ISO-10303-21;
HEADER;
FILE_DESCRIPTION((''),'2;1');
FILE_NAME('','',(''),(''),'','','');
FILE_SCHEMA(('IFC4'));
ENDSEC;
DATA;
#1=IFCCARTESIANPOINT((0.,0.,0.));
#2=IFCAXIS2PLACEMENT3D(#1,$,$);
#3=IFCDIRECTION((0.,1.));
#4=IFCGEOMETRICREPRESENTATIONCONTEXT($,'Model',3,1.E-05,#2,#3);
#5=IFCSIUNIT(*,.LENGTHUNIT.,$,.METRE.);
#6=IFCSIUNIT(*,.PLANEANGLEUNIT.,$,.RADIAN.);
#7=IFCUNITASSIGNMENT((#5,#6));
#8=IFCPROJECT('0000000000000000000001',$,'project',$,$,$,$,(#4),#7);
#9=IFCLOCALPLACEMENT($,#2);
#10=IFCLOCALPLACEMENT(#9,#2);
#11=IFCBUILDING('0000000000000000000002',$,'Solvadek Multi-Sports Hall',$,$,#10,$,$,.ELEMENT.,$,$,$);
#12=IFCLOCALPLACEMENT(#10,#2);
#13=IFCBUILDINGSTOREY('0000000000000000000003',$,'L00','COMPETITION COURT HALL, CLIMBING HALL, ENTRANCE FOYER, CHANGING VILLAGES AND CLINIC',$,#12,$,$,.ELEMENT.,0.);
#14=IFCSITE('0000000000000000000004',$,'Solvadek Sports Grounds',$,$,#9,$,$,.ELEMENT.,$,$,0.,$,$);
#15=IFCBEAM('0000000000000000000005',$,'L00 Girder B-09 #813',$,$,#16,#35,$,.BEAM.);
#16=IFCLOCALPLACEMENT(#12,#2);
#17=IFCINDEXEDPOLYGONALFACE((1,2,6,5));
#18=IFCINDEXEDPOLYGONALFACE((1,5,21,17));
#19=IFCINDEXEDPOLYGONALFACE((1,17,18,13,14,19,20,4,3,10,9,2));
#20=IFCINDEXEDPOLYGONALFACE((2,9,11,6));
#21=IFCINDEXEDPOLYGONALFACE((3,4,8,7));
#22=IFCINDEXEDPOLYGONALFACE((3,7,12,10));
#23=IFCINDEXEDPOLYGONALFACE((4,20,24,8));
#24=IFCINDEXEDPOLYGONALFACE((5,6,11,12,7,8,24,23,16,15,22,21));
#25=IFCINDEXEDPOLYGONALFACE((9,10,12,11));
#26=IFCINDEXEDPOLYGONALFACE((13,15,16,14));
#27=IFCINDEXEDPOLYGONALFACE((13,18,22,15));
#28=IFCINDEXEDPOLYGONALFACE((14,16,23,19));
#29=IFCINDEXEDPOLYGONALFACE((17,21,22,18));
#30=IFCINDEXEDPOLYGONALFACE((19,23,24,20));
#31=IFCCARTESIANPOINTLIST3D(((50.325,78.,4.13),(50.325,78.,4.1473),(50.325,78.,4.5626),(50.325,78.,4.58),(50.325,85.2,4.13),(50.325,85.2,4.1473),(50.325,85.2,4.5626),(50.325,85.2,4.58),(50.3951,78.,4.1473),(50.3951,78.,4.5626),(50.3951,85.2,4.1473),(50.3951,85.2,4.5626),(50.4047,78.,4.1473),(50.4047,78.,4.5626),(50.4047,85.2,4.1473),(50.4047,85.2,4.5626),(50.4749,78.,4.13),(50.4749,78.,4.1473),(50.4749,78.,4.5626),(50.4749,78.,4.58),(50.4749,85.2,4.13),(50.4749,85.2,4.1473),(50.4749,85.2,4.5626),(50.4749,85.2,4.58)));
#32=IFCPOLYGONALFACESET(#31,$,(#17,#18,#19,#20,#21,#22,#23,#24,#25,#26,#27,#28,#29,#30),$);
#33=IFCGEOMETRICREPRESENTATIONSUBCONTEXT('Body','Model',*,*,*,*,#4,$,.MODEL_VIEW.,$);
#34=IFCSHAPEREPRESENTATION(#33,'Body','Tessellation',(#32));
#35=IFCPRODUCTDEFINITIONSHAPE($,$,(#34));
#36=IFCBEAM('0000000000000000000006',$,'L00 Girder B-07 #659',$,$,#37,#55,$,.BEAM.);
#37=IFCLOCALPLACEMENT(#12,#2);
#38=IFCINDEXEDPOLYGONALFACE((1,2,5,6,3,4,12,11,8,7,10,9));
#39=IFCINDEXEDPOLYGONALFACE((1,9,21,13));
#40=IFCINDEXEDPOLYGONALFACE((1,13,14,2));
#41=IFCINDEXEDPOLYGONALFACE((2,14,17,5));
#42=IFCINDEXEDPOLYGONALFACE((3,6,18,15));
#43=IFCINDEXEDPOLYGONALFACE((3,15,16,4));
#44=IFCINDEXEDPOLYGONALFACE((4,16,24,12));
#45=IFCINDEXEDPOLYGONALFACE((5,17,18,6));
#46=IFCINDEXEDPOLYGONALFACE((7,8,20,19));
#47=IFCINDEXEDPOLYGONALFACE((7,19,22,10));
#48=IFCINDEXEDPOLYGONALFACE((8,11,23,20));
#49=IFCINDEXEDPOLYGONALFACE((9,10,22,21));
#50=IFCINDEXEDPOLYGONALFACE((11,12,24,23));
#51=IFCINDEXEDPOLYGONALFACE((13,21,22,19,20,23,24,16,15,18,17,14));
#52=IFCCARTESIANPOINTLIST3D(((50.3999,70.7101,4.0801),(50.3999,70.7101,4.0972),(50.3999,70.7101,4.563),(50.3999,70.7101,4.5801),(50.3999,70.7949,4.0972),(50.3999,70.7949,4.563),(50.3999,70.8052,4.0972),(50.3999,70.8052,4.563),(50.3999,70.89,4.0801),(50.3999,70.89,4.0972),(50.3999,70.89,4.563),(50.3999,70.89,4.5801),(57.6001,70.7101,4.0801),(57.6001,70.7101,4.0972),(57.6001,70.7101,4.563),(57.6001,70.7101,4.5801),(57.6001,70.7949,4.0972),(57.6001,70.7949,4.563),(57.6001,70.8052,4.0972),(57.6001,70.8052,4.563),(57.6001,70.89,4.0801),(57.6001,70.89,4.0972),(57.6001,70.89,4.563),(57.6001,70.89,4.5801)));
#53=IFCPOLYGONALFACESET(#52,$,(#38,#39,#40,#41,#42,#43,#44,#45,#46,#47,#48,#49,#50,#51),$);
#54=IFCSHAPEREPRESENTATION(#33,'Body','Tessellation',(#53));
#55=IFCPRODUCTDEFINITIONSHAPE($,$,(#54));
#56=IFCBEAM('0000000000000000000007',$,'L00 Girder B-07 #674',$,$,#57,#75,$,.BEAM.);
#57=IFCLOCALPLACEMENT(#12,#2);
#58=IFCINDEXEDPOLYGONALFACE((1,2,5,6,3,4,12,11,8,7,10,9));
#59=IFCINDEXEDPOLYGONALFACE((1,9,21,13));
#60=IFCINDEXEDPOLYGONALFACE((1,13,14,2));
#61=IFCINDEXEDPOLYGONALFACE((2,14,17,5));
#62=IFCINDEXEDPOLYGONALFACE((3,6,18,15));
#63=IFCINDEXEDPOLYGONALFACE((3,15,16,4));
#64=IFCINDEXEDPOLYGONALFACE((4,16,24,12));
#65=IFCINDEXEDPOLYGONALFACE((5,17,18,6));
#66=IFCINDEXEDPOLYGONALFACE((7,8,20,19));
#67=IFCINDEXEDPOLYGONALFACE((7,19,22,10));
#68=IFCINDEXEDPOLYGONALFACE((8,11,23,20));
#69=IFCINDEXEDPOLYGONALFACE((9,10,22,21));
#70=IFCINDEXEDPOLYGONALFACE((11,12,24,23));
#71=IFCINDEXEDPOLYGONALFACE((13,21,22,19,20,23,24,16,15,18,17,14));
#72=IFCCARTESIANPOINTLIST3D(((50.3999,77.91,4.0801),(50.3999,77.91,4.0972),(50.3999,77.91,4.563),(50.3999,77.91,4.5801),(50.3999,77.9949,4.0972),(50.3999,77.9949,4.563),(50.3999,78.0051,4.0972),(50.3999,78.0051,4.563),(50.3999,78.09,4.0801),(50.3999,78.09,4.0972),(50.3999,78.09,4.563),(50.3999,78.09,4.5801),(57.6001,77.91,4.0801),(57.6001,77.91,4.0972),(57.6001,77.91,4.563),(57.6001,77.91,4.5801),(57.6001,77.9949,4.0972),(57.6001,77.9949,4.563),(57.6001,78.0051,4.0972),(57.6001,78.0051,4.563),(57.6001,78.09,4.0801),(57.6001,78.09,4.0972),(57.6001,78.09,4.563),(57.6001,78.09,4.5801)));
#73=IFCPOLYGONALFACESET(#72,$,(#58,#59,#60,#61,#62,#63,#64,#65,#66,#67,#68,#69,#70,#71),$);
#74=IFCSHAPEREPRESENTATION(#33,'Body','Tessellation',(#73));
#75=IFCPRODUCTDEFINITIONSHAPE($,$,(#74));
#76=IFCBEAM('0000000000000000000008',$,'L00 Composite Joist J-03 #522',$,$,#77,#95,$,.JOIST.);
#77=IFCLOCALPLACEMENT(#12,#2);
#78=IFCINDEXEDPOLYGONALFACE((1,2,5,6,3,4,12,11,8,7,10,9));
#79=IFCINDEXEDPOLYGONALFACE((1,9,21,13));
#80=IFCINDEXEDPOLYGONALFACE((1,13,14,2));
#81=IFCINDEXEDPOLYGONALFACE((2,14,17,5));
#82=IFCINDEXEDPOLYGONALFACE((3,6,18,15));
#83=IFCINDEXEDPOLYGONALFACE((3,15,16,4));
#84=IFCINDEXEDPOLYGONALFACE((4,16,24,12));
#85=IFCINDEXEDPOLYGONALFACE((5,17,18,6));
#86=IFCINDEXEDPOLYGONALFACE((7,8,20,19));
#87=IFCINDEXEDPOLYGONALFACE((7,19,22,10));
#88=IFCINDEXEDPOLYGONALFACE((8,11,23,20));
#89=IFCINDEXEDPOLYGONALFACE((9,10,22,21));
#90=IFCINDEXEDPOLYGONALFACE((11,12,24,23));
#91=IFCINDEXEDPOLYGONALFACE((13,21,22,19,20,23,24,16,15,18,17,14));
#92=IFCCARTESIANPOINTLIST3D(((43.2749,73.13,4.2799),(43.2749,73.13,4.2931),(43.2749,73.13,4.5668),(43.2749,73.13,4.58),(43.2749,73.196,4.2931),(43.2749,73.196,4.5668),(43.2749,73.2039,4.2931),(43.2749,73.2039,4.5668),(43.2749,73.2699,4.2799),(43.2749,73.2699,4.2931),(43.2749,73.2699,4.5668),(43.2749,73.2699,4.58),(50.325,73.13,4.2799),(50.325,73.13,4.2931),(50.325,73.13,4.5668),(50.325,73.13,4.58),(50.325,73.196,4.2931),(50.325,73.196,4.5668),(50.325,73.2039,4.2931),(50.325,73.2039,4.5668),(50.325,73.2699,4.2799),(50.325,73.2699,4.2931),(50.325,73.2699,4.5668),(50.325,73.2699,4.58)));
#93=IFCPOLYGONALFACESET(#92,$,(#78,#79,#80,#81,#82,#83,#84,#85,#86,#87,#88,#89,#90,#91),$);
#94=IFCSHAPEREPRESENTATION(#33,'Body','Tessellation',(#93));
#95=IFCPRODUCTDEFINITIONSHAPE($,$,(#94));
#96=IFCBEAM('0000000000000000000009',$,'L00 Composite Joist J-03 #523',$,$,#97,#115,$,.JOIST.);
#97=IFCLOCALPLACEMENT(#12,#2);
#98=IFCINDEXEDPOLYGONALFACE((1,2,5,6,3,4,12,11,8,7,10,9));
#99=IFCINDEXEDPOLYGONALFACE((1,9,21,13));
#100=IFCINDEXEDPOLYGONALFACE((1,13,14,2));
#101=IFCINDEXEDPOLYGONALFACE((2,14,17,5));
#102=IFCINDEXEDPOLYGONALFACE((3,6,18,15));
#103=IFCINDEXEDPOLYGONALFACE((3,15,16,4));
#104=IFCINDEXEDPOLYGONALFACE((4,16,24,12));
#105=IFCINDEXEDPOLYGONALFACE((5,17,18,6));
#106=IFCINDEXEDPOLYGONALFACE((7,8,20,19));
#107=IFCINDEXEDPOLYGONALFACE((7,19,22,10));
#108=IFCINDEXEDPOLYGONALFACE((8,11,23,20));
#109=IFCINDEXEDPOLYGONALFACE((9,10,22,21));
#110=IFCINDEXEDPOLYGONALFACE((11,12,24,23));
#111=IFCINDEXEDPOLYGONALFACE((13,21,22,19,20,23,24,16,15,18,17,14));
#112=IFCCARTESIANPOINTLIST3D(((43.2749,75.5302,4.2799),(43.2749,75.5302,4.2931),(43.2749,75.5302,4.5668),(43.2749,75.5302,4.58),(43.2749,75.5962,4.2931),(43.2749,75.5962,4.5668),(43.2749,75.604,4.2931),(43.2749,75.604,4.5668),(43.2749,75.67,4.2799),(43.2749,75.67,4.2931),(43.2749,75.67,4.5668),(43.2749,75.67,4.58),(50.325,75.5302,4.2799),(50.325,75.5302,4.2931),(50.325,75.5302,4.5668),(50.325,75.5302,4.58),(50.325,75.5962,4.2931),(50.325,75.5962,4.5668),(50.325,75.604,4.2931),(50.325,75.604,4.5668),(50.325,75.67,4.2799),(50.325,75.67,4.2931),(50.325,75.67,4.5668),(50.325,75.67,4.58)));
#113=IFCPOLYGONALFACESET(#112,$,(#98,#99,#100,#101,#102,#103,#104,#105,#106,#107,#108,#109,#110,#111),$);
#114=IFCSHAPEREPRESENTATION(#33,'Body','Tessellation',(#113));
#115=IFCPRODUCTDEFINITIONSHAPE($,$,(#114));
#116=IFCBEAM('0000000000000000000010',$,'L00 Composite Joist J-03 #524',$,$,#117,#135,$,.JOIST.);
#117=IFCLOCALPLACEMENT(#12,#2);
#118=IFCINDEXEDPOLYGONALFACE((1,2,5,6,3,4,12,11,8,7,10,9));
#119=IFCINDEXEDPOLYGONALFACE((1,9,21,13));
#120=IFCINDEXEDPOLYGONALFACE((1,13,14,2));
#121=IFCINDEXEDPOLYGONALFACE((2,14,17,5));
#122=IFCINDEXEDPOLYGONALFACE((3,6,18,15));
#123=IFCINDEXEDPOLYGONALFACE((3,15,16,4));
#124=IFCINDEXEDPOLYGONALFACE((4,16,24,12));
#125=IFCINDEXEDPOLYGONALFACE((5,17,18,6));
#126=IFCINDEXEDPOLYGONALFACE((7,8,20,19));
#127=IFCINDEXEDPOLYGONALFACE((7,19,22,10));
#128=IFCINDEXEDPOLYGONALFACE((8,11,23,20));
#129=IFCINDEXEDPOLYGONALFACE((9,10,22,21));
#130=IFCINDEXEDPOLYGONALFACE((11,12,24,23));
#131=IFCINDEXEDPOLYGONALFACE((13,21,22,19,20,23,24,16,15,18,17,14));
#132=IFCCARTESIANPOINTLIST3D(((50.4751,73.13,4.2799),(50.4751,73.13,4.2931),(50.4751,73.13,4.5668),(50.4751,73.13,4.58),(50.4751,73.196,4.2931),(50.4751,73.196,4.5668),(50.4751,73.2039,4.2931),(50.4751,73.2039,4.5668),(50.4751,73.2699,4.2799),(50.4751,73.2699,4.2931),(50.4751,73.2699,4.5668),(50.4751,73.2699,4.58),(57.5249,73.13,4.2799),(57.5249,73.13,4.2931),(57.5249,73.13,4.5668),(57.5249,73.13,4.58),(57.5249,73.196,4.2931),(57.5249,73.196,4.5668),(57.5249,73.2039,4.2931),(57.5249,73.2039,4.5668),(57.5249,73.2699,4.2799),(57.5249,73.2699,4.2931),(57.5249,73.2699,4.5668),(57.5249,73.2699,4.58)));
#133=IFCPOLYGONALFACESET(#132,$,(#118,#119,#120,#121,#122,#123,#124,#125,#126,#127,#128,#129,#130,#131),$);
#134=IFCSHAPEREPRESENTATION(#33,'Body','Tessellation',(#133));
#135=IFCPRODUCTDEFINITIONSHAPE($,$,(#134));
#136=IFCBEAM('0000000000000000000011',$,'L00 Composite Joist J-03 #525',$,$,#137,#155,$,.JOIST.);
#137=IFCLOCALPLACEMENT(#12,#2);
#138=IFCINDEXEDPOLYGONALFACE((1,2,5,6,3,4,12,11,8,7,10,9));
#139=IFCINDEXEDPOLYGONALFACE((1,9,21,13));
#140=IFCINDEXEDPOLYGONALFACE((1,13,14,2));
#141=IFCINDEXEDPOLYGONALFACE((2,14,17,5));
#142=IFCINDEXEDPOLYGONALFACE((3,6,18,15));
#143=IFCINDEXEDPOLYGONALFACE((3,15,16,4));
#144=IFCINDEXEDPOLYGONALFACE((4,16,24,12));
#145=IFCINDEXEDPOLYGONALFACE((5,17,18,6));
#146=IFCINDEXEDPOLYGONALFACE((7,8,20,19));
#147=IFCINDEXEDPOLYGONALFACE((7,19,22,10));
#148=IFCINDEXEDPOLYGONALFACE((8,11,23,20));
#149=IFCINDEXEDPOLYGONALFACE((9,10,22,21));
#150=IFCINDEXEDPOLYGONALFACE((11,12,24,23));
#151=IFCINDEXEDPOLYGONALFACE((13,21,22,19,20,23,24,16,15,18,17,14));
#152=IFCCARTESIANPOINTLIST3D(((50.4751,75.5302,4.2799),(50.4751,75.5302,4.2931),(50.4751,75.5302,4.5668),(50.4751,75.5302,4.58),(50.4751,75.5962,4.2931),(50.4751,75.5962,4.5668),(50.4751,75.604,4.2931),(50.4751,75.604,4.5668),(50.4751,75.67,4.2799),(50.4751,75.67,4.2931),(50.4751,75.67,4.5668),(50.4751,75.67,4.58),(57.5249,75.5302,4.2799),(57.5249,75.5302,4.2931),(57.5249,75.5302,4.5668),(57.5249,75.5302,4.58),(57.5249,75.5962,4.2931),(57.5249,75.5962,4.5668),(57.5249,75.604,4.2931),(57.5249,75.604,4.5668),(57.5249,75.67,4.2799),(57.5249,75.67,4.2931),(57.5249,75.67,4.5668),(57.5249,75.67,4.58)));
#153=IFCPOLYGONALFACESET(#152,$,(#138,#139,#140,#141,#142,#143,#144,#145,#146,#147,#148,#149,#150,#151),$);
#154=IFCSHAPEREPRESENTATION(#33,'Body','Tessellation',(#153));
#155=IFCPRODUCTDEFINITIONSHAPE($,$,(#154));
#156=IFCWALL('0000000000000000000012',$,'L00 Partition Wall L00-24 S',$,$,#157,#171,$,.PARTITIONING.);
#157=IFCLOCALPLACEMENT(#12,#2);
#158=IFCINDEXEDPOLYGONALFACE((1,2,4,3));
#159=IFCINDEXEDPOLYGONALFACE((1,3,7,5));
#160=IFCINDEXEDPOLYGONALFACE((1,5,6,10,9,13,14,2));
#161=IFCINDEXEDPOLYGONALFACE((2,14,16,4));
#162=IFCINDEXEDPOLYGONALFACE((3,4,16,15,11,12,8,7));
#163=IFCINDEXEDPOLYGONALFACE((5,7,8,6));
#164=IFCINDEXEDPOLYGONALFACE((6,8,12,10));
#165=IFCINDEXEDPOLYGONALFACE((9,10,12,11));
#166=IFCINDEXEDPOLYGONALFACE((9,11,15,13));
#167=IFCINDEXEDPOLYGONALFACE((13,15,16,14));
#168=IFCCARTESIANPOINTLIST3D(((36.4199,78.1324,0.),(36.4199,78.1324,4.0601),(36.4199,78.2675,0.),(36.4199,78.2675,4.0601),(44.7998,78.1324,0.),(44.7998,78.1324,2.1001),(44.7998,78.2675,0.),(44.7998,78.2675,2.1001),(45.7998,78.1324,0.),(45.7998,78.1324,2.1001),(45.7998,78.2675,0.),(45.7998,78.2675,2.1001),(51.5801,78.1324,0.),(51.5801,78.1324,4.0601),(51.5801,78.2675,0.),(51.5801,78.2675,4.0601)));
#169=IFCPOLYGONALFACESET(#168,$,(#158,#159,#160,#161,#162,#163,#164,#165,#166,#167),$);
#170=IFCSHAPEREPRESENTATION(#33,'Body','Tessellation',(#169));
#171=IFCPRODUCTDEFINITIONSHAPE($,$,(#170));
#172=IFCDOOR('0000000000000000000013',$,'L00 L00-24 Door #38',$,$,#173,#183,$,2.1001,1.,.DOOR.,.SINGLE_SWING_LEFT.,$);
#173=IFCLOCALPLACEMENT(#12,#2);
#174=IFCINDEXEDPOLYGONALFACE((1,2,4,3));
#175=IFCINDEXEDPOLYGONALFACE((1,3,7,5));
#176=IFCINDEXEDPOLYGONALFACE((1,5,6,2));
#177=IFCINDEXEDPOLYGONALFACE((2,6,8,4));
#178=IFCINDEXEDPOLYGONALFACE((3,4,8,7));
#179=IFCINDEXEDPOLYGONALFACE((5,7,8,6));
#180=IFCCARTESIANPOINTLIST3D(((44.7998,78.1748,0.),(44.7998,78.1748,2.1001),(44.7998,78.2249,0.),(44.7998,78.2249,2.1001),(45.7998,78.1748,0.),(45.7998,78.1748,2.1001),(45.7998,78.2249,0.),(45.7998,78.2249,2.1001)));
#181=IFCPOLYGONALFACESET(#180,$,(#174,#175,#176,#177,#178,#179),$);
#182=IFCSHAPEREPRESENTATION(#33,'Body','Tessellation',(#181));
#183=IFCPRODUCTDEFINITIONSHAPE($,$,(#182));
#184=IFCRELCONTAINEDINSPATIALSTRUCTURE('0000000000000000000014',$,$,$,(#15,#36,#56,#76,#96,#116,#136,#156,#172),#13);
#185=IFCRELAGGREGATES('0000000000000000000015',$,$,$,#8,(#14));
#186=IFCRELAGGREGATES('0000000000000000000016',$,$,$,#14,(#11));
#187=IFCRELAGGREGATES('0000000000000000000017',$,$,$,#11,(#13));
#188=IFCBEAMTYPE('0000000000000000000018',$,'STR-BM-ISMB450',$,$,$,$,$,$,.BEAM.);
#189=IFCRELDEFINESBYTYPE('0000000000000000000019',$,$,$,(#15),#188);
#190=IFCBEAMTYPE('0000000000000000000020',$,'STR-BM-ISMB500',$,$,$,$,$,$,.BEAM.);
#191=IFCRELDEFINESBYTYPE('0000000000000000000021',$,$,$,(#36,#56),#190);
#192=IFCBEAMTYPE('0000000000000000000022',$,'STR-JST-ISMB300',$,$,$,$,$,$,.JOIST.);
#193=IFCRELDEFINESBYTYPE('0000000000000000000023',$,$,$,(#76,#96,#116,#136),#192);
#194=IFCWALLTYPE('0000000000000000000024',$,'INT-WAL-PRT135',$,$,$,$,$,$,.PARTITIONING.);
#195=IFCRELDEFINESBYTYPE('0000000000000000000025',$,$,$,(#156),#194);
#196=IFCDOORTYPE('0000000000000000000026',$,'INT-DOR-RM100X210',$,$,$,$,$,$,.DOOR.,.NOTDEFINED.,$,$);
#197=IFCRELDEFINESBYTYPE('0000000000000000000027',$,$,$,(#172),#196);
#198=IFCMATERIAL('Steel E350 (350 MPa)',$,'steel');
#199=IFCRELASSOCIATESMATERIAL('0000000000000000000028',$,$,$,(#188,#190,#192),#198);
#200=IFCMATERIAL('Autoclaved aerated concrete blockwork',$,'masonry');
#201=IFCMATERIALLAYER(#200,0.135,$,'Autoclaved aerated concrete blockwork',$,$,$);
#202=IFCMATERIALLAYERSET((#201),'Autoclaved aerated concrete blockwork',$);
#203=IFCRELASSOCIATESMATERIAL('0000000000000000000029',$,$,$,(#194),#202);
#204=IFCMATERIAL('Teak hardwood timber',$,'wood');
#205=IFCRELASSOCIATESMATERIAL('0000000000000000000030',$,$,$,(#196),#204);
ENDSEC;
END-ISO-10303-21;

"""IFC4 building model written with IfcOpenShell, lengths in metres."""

from ifc_helpers import new_model, si_unit, direction, frame, frame_2d, origin, origin_2d, place, context, subcontext, project, spatial, rectangle, i_section, extrude, material, layer, layer_set, material_profile, profile_set, type_object, element, fill, save


model = new_model("IFC4")

# Units and contexts
model_context = context("Model", 3, precision=1e-05, world=origin(), true_north=direction((0.0, 1.0)))
body_context = subcontext(model_context, "Body", "Model", "MODEL_VIEW")
ifc_project = project(units=[si_unit("LENGTHUNIT", "METRE"), si_unit("PLANEANGLEUNIT", "RADIAN")], contexts=[model_context])

# Site, building, storey
site_placement = place(None, origin())
site = spatial("IfcSite", under=ifc_project, at=site_placement, Name="Solvadek Sports Grounds", CompositionType="ELEMENT", RefElevation=0.0)
building_placement = place(site_placement, origin())
building = spatial("IfcBuilding", under=site, at=building_placement, Name="Solvadek Multi-Sports Hall", CompositionType="ELEMENT")
storey_placement = place(building_placement, origin())
storey = spatial("IfcBuildingStorey", under=building, at=storey_placement, Name="L00", Description="COMPETITION COURT HALL, CLIMBING HALL, ENTRANCE FOYER, CHANGING VILLAGES AND CLINIC", CompositionType="ELEMENT", Elevation=0.0)

# Shared definitions
ifc_material_1 = material(Name="Steel E350 (350 MPa)", Category="steel")

# Beams
ifc_material_profile_1 = material_profile(ifc_material_1, i_section(OverallWidth=0.1499, OverallDepth=0.45, WebThickness=0.0095, FlangeThickness=0.0173, at=origin_2d()), Name="ISMB 450")
ifc_profile_set_1 = profile_set([ifc_material_profile_1], Name="Steel E350 (350 MPa)")
beam_type_1 = type_object("IfcBeamType", Name="STR-BM-ISMB450", PredefinedType="BEAM", material=ifc_profile_set_1)
for number, where, z_axis, x_axis, name in (
    (1, (50.3999, 78.0, 4.355), (0.0, 1.0, 0.0), (-1.0, 0.0, 0.0), "L00 Girder B-09 #813"),
):
    element("IfcBeam", number, at=place(storey_placement, frame(where, z_axis=z_axis, x_axis=x_axis)), inside=storey, type_object=beam_type_1, Name=name, PredefinedType="BEAM", context=body_context, shape_type="SweptSolid", body=[
        extrude(i_section(OverallWidth=0.1499, OverallDepth=0.45, WebThickness=0.0095, FlangeThickness=0.0173, at=origin_2d()), origin(), (0.0, 0.0, 1.0), 7.2),
    ])
ifc_material_profile_2 = material_profile(ifc_material_1, i_section(OverallWidth=0.1799, OverallDepth=0.5, WebThickness=0.0103, FlangeThickness=0.0171, at=origin_2d()), Name="ISMB 500")
ifc_profile_set_2 = profile_set([ifc_material_profile_2], Name="Steel E350 (350 MPa)")
beam_type_2 = type_object("IfcBeamType", Name="STR-BM-ISMB500", PredefinedType="BEAM", material=ifc_profile_set_2)
for number, where, z_axis, x_axis, name in (
    (2, (50.3999, 70.8, 4.3301), (1.0, 0.0, 0.0), (0.0, 1.0, 0.0), "L00 Girder B-07 #659"),
    (3, (50.3999, 78.0, 4.3301), (1.0, 0.0, 0.0), (0.0, 1.0, 0.0), "L00 Girder B-07 #674"),
):
    element("IfcBeam", number, at=place(storey_placement, frame(where, z_axis=z_axis, x_axis=x_axis)), inside=storey, type_object=beam_type_2, Name=name, PredefinedType="BEAM", context=body_context, shape_type="SweptSolid", body=[
        extrude(i_section(OverallWidth=0.1799, OverallDepth=0.5, WebThickness=0.0103, FlangeThickness=0.0171, at=origin_2d()), origin(), (0.0, 0.0, 1.0), 7.2002),
    ])
ifc_material_profile_3 = material_profile(ifc_material_1, i_section(OverallWidth=0.1399, OverallDepth=0.3, WebThickness=0.0078, FlangeThickness=0.0132, at=origin_2d()), Name="ISMB 300")
ifc_profile_set_3 = profile_set([ifc_material_profile_3], Name="Steel E350 (350 MPa)")
beam_type_3 = type_object("IfcBeamType", Name="STR-JST-ISMB300", PredefinedType="JOIST", material=ifc_profile_set_3)
for number, where, z_axis, x_axis, name in (
    (4, (43.2749, 73.2, 4.4299), (1.0, 0.0, 0.0), (0.0, 1.0, 0.0), "L00 Composite Joist J-03 #522"),
    (5, (43.2749, 75.6001, 4.4299), (1.0, 0.0, 0.0), (0.0, 1.0, 0.0), "L00 Composite Joist J-03 #523"),
):
    element("IfcBeam", number, at=place(storey_placement, frame(where, z_axis=z_axis, x_axis=x_axis)), inside=storey, type_object=beam_type_3, Name=name, PredefinedType="JOIST", context=body_context, shape_type="SweptSolid", body=[
        extrude(i_section(OverallWidth=0.1399, OverallDepth=0.3, WebThickness=0.0078, FlangeThickness=0.0132, at=origin_2d()), origin(), (0.0, 0.0, 1.0), 7.05),
    ])
for number, where, z_axis, x_axis, name in (
    (6, (50.4751, 73.2, 4.4299), (1.0, 0.0, 0.0), (0.0, 1.0, 0.0), "L00 Composite Joist J-03 #524"),
    (7, (50.4751, 75.6001, 4.4299), (1.0, 0.0, 0.0), (0.0, 1.0, 0.0), "L00 Composite Joist J-03 #525"),
):
    element("IfcBeam", number, at=place(storey_placement, frame(where, z_axis=z_axis, x_axis=x_axis)), inside=storey, type_object=beam_type_3, Name=name, PredefinedType="JOIST", context=body_context, shape_type="SweptSolid", body=[
        extrude(i_section(OverallWidth=0.1399, OverallDepth=0.3, WebThickness=0.0078, FlangeThickness=0.0132, at=origin_2d()), origin(), (0.0, 0.0, 1.0), 7.0498),
    ])

# Wall, opening, door
ifc_material_2 = material(Name="Autoclaved aerated concrete blockwork", Category="masonry")
ifc_layer_1 = layer(ifc_material_2, 0.135, Name="Autoclaved aerated concrete blockwork")
ifc_layer_set_1 = layer_set([ifc_layer_1], Name="Autoclaved aerated concrete blockwork")
wall_type_1 = type_object("IfcWallType", Name="INT-WAL-PRT135", PredefinedType="PARTITIONING", material=ifc_layer_set_1)
wall_1_placement = place(storey_placement, frame((36.4199, 78.2, 0.0), z_axis=(0.0, 0.0, 1.0), x_axis=(1.0, 0.0, 0.0)))
wall_1 = element("IfcWall", 8, at=wall_1_placement, inside=storey, type_object=wall_type_1, Name="L00 Partition Wall L00-24 S", PredefinedType="PARTITIONING", context=body_context, shape_type="SweptSolid", body=[
    extrude(rectangle(XDim=15.1602, YDim=0.135, at=frame_2d((7.5801, 0.0))), origin(), (0.0, 0.0, 1.0), 4.0601),
])
opening_placement = place(wall_1_placement, frame((8.3799, 0.0, 0.0)))
opening = element("IfcOpeningElement", 9, at=opening_placement, cuts=wall_1, PredefinedType="OPENING", context=body_context, shape_type="SweptSolid", body=[
    extrude(rectangle(XDim=1.0, YDim=2.1001, at=frame_2d((0.5, 1.05))), frame((0.0, 0.0774, 0.0), z_axis=(0.0, -1.0, 0.0), x_axis=(1.0, 0.0, 0.0)), (0.0, 0.0, 1.0), 0.155),
])
ifc_material_3 = material(Name="Teak hardwood timber", Category="wood")
door_type = type_object("IfcDoorType", Name="INT-DOR-RM100X210", OperationType="NOTDEFINED", PredefinedType="DOOR", material=ifc_material_3)
door_placement = place(opening_placement, origin())
door = element("IfcDoor", 10, at=door_placement, inside=storey, type_object=door_type, Name="L00 L00-24 Door #38", OperationType="SINGLE_SWING_LEFT", OverallHeight=2.1001, OverallWidth=1.0, PredefinedType="DOOR", context=body_context, shape_type="SweptSolid", body=[
    extrude(rectangle(XDim=1.0, YDim=2.1001, at=frame_2d((0.5, 1.05))), frame((0.0, 0.0249, 0.0), z_axis=(0.0, -1.0, 0.0), x_axis=(1.0, 0.0, 0.0)), (0.0, 0.0, 1.0), 0.05),
])
fill(opening, door)

save(model, "model.ifc")
